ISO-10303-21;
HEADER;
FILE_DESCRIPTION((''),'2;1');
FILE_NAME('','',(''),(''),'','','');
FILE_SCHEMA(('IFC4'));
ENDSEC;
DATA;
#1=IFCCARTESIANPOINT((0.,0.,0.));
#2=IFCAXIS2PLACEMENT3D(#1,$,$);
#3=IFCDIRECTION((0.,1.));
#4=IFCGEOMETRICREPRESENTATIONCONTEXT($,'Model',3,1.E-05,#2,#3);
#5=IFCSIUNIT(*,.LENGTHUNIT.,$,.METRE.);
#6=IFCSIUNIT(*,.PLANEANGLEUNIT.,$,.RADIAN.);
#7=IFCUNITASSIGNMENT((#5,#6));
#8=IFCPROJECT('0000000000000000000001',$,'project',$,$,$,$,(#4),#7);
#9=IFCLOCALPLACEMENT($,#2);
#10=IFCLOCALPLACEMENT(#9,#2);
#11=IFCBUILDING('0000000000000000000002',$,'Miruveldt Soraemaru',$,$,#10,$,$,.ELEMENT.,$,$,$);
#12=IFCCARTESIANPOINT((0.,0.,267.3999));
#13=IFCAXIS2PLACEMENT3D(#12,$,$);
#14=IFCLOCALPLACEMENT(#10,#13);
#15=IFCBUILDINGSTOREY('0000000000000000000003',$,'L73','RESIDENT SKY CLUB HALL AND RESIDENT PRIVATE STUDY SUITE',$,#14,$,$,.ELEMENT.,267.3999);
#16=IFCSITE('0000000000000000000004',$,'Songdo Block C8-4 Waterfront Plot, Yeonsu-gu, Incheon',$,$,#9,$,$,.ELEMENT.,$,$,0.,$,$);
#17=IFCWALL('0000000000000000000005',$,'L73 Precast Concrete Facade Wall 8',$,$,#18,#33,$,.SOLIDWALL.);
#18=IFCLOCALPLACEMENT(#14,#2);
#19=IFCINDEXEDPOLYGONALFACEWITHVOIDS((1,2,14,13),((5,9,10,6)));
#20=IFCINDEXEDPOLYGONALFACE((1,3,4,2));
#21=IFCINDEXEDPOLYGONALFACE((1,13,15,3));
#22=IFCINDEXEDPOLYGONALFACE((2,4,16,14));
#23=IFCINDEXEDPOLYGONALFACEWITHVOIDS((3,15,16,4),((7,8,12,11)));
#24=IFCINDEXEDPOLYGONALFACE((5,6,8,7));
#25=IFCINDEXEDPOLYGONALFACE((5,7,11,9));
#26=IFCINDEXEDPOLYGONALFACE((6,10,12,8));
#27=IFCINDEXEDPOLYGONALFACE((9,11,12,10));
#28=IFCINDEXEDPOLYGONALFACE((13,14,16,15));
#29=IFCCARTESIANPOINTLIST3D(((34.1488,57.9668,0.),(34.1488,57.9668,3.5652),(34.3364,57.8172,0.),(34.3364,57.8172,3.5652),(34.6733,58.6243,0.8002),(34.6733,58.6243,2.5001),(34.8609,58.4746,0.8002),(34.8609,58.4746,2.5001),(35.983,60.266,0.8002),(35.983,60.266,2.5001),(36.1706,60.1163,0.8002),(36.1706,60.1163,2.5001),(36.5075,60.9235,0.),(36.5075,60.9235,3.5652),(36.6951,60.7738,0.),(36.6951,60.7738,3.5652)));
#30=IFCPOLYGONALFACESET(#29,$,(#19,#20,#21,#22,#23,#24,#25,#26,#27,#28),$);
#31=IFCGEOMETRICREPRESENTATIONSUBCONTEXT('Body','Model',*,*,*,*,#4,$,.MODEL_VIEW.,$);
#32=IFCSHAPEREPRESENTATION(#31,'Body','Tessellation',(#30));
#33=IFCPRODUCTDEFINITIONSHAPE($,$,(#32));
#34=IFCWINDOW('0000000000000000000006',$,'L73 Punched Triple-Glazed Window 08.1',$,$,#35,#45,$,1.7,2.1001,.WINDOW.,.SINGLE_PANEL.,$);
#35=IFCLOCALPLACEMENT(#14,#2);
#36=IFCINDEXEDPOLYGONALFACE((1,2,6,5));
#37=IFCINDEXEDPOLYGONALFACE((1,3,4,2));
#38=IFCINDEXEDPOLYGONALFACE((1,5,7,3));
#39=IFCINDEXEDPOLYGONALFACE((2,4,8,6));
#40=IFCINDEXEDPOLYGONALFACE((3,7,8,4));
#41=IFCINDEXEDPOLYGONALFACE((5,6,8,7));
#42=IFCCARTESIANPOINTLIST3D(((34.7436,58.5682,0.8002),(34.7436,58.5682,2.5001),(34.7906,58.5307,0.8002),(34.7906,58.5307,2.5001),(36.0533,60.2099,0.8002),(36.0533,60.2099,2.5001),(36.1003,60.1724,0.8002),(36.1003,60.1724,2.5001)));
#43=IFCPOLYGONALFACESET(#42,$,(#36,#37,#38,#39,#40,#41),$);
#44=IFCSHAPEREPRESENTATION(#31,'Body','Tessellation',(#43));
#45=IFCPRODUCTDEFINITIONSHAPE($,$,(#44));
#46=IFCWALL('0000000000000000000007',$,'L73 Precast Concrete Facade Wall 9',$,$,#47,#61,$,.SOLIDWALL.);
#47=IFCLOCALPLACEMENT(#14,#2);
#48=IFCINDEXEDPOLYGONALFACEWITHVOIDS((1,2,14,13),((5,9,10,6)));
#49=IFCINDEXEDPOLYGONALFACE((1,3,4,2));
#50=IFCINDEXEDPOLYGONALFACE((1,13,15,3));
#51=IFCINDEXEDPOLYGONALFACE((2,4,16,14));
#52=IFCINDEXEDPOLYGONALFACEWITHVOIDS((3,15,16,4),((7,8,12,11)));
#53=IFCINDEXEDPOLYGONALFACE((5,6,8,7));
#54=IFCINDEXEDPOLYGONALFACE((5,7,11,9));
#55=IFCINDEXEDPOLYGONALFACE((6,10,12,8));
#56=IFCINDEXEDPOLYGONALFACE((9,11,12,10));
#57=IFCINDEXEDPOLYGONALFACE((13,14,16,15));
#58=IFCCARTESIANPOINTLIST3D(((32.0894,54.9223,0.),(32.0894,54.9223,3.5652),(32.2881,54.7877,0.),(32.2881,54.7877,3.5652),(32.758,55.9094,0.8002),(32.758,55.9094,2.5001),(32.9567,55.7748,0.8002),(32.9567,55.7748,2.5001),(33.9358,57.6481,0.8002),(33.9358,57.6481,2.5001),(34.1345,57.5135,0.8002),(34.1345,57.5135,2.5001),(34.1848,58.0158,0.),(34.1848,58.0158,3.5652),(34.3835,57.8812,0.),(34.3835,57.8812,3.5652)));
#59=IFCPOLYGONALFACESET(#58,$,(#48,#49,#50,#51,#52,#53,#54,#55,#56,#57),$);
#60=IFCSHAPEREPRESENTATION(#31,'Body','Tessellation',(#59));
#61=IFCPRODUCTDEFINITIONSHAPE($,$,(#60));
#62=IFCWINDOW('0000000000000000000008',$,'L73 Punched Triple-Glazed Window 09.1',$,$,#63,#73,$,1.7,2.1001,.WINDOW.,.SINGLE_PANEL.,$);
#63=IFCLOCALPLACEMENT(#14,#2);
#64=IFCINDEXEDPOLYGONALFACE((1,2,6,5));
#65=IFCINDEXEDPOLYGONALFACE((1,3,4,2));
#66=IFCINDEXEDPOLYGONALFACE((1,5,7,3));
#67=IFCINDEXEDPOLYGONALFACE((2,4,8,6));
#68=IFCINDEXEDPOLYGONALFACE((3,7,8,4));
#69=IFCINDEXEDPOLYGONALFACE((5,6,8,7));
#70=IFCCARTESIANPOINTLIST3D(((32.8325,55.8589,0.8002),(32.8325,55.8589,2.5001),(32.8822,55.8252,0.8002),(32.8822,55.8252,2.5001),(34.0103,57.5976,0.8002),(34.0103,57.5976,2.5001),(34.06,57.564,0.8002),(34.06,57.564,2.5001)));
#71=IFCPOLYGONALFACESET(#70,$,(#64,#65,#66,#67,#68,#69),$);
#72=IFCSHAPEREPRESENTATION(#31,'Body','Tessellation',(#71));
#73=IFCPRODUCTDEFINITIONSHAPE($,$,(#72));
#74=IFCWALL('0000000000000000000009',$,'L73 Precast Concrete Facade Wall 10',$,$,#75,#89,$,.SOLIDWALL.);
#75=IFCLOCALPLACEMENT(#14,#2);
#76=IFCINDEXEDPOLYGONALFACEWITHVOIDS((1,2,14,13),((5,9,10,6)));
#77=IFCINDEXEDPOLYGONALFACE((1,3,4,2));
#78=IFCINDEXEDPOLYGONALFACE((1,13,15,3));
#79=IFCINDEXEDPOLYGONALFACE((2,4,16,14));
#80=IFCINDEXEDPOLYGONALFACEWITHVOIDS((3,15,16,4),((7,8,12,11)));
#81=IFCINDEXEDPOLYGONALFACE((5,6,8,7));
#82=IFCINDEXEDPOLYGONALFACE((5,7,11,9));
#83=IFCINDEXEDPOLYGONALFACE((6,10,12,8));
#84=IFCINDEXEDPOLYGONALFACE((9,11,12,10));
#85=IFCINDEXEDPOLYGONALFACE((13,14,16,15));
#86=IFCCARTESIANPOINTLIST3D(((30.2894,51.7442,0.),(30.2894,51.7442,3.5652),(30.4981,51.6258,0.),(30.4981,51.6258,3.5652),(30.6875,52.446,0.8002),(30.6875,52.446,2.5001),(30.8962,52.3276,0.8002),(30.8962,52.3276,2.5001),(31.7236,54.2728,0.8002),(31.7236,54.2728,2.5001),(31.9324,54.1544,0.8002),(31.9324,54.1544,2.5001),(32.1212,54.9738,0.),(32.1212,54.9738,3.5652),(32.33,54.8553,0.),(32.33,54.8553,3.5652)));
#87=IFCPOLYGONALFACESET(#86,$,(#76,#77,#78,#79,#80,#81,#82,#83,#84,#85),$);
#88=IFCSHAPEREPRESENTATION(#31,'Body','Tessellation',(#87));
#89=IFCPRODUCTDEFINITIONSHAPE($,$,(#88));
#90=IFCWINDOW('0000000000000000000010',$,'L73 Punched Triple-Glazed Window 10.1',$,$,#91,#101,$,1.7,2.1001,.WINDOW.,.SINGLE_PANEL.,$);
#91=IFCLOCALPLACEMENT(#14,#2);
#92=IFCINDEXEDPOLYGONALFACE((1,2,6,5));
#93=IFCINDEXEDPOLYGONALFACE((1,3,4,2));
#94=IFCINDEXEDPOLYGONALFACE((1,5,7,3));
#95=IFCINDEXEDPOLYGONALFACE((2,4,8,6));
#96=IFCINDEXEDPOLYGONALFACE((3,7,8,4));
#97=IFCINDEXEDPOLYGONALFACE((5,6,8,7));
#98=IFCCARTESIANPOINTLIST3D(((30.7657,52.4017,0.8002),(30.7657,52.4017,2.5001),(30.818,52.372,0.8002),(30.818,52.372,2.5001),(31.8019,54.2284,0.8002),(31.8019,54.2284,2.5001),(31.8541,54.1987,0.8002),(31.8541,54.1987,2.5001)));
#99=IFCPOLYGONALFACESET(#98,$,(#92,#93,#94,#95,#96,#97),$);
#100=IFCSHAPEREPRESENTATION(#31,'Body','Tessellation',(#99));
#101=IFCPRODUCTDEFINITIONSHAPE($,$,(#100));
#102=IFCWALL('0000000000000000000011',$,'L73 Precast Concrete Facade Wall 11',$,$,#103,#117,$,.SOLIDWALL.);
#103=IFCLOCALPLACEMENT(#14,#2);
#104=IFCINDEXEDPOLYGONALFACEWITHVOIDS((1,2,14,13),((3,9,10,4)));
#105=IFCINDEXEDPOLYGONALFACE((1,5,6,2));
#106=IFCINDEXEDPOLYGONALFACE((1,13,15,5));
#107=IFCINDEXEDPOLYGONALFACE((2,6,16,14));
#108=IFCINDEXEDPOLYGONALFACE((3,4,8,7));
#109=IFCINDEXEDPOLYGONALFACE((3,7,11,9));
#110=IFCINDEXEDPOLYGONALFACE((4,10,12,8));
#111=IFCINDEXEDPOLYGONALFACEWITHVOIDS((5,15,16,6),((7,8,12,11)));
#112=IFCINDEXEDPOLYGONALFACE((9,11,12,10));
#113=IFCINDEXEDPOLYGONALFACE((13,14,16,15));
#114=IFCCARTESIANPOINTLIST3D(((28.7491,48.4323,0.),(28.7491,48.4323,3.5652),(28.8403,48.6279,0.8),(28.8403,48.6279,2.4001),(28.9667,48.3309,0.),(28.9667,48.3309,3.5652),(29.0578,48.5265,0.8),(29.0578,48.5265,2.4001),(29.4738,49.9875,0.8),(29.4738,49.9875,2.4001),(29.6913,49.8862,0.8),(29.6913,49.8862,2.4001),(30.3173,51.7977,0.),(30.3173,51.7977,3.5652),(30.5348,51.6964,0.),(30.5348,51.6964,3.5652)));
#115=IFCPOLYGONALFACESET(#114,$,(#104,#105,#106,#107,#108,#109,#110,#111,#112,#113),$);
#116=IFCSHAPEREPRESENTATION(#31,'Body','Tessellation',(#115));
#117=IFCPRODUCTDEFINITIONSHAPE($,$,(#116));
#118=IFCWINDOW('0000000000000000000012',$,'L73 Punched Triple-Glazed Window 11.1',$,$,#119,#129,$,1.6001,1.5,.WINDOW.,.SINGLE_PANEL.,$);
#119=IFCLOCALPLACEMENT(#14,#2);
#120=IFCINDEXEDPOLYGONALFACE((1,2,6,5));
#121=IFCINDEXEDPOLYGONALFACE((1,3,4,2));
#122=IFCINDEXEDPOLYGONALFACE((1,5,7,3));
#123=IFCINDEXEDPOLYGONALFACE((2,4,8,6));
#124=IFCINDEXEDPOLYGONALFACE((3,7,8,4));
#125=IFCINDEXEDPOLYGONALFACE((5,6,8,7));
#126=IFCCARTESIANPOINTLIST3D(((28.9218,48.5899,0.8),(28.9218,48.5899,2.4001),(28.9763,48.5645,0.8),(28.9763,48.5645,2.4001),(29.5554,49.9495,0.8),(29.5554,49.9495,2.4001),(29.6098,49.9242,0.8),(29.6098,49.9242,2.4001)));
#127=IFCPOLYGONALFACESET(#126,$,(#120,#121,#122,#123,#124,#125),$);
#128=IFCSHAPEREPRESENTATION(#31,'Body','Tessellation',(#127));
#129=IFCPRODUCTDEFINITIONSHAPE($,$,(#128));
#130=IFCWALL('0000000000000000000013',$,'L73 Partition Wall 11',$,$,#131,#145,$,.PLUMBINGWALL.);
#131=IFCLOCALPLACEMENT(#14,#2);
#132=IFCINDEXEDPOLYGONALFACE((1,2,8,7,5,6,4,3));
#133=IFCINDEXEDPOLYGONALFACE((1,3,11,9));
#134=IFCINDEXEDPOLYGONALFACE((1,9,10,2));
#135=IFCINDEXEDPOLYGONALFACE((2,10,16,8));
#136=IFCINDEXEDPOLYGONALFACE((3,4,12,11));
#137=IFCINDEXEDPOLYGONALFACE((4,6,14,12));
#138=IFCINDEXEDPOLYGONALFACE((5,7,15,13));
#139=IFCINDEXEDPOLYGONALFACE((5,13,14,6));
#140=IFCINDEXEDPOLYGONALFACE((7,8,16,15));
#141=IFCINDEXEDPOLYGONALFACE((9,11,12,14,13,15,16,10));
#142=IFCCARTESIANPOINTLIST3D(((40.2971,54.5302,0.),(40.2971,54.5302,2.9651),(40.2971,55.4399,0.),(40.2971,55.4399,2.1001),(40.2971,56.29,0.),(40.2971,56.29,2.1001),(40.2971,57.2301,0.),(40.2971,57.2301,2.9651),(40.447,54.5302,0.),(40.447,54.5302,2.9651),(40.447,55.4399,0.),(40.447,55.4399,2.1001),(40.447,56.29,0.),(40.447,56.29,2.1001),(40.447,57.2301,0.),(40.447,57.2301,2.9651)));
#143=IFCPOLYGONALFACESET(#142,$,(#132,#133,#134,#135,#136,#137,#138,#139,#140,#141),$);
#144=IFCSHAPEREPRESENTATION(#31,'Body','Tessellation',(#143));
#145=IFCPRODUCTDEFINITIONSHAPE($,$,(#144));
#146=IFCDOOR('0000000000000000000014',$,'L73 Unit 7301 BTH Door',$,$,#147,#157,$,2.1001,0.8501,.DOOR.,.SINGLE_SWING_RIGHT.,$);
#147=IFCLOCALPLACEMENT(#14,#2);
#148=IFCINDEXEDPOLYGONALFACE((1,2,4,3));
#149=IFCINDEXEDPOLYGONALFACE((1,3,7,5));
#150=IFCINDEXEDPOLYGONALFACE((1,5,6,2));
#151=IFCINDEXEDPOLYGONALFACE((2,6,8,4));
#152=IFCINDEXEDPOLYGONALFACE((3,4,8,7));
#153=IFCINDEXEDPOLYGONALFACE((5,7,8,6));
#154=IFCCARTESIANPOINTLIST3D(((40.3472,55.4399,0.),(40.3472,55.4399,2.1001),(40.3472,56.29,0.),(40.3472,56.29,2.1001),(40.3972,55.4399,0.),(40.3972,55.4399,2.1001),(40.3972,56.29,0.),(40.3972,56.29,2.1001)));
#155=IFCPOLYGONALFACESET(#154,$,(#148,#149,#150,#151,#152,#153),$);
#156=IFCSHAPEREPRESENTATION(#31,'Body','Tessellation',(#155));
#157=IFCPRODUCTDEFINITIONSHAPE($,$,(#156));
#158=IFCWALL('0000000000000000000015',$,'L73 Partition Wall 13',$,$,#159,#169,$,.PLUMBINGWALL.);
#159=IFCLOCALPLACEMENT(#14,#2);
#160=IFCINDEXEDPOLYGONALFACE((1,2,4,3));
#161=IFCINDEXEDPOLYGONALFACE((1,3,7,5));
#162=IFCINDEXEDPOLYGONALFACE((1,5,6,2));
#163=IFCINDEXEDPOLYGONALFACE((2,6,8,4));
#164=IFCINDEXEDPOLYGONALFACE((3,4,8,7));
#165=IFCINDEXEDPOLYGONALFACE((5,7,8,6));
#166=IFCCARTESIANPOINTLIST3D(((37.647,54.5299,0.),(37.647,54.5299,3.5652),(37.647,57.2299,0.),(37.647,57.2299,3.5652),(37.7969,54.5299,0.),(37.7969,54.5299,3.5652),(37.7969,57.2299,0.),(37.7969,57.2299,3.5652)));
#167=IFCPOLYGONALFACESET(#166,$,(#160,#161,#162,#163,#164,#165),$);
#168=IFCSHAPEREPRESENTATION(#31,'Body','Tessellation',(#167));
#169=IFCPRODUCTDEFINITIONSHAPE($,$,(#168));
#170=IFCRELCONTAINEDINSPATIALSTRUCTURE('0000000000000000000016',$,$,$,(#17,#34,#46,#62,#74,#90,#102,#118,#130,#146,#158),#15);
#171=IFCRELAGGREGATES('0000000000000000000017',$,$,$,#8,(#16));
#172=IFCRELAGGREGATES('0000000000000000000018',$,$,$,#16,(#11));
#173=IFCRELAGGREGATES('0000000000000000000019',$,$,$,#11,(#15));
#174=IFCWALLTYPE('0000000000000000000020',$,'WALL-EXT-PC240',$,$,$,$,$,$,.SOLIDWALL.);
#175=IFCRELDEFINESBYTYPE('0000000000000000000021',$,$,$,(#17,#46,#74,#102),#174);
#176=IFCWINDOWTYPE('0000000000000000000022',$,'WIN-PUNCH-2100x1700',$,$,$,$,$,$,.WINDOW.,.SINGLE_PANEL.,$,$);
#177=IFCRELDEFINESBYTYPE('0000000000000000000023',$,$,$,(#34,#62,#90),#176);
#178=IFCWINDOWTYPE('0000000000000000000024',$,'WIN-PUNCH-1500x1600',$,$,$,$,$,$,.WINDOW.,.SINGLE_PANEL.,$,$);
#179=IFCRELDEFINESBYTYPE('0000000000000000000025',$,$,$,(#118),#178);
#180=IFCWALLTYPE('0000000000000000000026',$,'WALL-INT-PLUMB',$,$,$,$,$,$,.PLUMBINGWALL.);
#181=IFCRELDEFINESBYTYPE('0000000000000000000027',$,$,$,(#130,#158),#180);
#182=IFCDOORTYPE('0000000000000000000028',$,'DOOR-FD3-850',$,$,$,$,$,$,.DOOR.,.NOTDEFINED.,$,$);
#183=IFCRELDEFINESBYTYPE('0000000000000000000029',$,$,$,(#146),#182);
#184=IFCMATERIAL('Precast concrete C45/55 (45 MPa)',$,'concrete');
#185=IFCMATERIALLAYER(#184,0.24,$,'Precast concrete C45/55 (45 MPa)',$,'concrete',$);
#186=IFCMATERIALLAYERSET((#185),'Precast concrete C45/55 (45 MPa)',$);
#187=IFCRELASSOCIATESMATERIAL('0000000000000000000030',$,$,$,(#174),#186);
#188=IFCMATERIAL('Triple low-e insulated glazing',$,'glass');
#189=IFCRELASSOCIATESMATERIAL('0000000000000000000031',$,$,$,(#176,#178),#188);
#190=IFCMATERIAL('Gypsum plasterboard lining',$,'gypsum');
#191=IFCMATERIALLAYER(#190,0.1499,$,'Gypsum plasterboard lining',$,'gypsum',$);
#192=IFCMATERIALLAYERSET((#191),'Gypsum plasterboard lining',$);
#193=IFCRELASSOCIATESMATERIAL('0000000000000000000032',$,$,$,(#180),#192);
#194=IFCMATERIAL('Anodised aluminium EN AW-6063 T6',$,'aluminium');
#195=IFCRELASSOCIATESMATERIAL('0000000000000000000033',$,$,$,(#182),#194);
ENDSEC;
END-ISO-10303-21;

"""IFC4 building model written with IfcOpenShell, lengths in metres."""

from ifc_helpers import new_model, si_unit, direction, frame, frame_2d, origin, place, context, subcontext, project, spatial, rectangle, extrude, material, layer, layer_set, type_object, element, fill, save


model = new_model("IFC4")

# Units and contexts
model_context = context("Model", 3, precision=1e-05, world=origin(), true_north=direction((0.0, 1.0)))
body_context = subcontext(model_context, "Body", "Model", "MODEL_VIEW")
ifc_project = project(units=[si_unit("LENGTHUNIT", "METRE"), si_unit("PLANEANGLEUNIT", "RADIAN")], contexts=[model_context])

# Site, building, storey
site_placement = place(None, origin())
site = spatial("IfcSite", under=ifc_project, at=site_placement, Name="Songdo Block C8-4 Waterfront Plot, Yeonsu-gu, Incheon", CompositionType="ELEMENT", RefElevation=0.0)
building_placement = place(site_placement, origin())
building = spatial("IfcBuilding", under=site, at=building_placement, Name="Miruveldt Soraemaru", CompositionType="ELEMENT")
storey_placement = place(building_placement, frame((0.0, 0.0, 267.3999)))
storey = spatial("IfcBuildingStorey", under=building, at=storey_placement, Name="L73", Description="RESIDENT SKY CLUB HALL AND RESIDENT PRIVATE STUDY SUITE", CompositionType="ELEMENT", Elevation=267.3999)

# Shared definitions
ifc_material_1 = material(Name="Anodised aluminium EN AW-6063 T6", Category="aluminium")

# Walls, openings, windows
ifc_material_2 = material(Name="Precast concrete C45/55 (45 MPa)", Category="concrete")
ifc_layer_1 = layer(ifc_material_2, 0.24, Name="Precast concrete C45/55 (45 MPa)", Category="concrete")
ifc_layer_set_1 = layer_set([ifc_layer_1], Name="Precast concrete C45/55 (45 MPa)")
wall_type_1 = type_object("IfcWallType", Name="WALL-EXT-PC240", PredefinedType="SOLIDWALL", material=ifc_layer_set_1)
ifc_material_3 = material(Name="Triple low-e insulated glazing", Category="glass")
window_type_1 = type_object("IfcWindowType", Name="WIN-PUNCH-2100x1700", PartitioningType="SINGLE_PANEL", PredefinedType="WINDOW", material=ifc_material_3)
wall_1_placement = place(storey_placement, frame((36.6013, 60.8486, 0.0), z_axis=(0.0, 0.0, 1.0), x_axis=(-0.623632, -0.781718, 0.0)))
wall_1 = element("IfcWall", 1, at=wall_1_placement, inside=storey, type_object=wall_type_1, Name="L73 Precast Concrete Facade Wall 8", PredefinedType="SOLIDWALL", context=body_context, shape_type="SweptSolid", body=[
    extrude(rectangle(XDim=3.7822, YDim=0.24, at=frame_2d((1.8911, 0.0))), origin(), (0.0, 0.0, 1.0), 3.5652),
])
opening_1_placement = place(wall_1_placement, frame((0.8411, 0.0, 0.8)))
opening_1 = element("IfcOpeningElement", 2, at=opening_1_placement, cuts=wall_1, PredefinedType="OPENING", context=body_context, shape_type="SweptSolid", body=[
    extrude(rectangle(XDim=2.1001, YDim=1.7, at=frame_2d((1.05, 0.8501))), frame((0.0, 0.1299, 0.0), z_axis=(0.0, -1.0, 0.0), x_axis=(1.0, 0.0, 0.0)), (0.0, 0.0, 1.0), 0.26),
])
window_1_placement = place(opening_1_placement, origin())
window_1 = element("IfcWindow", 3, at=window_1_placement, inside=storey, type_object=window_type_1, Name="L73 Punched Triple-Glazed Window 08.1", OverallHeight=1.7, OverallWidth=2.1001, PartitioningType="SINGLE_PANEL", PredefinedType="WINDOW", context=body_context, shape_type="SweptSolid", body=[
    extrude(rectangle(XDim=2.1001, YDim=1.7, at=frame_2d((1.05, 0.8501))), frame((0.0, 0.03, 0.0), z_axis=(0.0, -1.0, 0.0), x_axis=(1.0, 0.0, 0.0)), (0.0, 0.0, 1.0), 0.0601),
])
fill(opening_1, window_1)
wall_2_placement = place(storey_placement, frame((34.2842, 57.9485, 0.0), z_axis=(0.0, 0.0, 1.0), x_axis=(-0.560822, -0.827936, 0.0)))
wall_2 = element("IfcWall", 4, at=wall_2_placement, inside=storey, type_object=wall_type_1, Name="L73 Precast Concrete Facade Wall 9", PredefinedType="SOLIDWALL", context=body_context, shape_type="SweptSolid", body=[
    extrude(rectangle(XDim=3.7363, YDim=0.24, at=frame_2d((1.8682, 0.0))), origin(), (0.0, 0.0, 1.0), 3.5652),
])
opening_2_placement = place(wall_2_placement, frame((0.4441, 0.0, 0.8)))
opening_2 = element("IfcOpeningElement", 5, at=opening_2_placement, cuts=wall_2, PredefinedType="OPENING", context=body_context, shape_type="SweptSolid", body=[
    extrude(rectangle(XDim=2.1001, YDim=1.7, at=frame_2d((1.05, 0.8501))), frame((0.0, 0.1299, 0.0), z_axis=(0.0, -1.0, 0.0), x_axis=(1.0, 0.0, 0.0)), (0.0, 0.0, 1.0), 0.26),
])
window_2_placement = place(opening_2_placement, origin())
window_2 = element("IfcWindow", 6, at=window_2_placement, inside=storey, type_object=window_type_1, Name="L73 Punched Triple-Glazed Window 09.1", OverallHeight=1.7, OverallWidth=2.1001, PartitioningType="SINGLE_PANEL", PredefinedType="WINDOW", context=body_context, shape_type="SweptSolid", body=[
    extrude(rectangle(XDim=2.1001, YDim=1.7, at=frame_2d((1.05, 0.8501))), frame((0.0, 0.03, 0.0), z_axis=(0.0, -1.0, 0.0), x_axis=(1.0, 0.0, 0.0)), (0.0, 0.0, 1.0), 0.0601),
])
fill(opening_2, window_2)
wall_3_placement = place(storey_placement, frame((32.2256, 54.9146, 0.0), z_axis=(0.0, 0.0, 1.0), x_axis=(-0.493368, -0.869821, 0.0)))
wall_3 = element("IfcWall", 7, at=wall_3_placement, inside=storey, type_object=wall_type_1, Name="L73 Precast Concrete Facade Wall 10", PredefinedType="SOLIDWALL", context=body_context, shape_type="SweptSolid", body=[
    extrude(rectangle(XDim=3.7129, YDim=0.24, at=frame_2d((1.8564, 0.0))), origin(), (0.0, 0.0, 1.0), 3.5652),
])
opening_3_placement = place(wall_3_placement, frame((0.8059, 0.0, 0.8)))
opening_3 = element("IfcOpeningElement", 8, at=opening_3_placement, cuts=wall_3, PredefinedType="OPENING", context=body_context, shape_type="SweptSolid", body=[
    extrude(rectangle(XDim=2.1001, YDim=1.7, at=frame_2d((1.05, 0.8501))), frame((0.0, 0.1299, 0.0), z_axis=(0.0, -1.0, 0.0), x_axis=(1.0, 0.0, 0.0)), (0.0, 0.0, 1.0), 0.26),
])
window_3_placement = place(opening_3_placement, origin())
window_3 = element("IfcWindow", 9, at=window_3_placement, inside=storey, type_object=window_type_1, Name="L73 Punched Triple-Glazed Window 10.1", OverallHeight=1.7, OverallWidth=2.1001, PartitioningType="SINGLE_PANEL", PredefinedType="WINDOW", context=body_context, shape_type="SweptSolid", body=[
    extrude(rectangle(XDim=2.1001, YDim=1.7, at=frame_2d((1.05, 0.8501))), frame((0.0, 0.03, 0.0), z_axis=(0.0, -1.0, 0.0), x_axis=(1.0, 0.0, 0.0)), (0.0, 0.0, 1.0), 0.0601),
])
fill(opening_3, window_3)
wall_4_placement = place(storey_placement, frame((30.426, 51.7471, 0.0), z_axis=(0.0, 0.0, 1.0), x_axis=(-0.422345, -0.906435, 0.0)))
wall_4 = element("IfcWall", 10, at=wall_4_placement, inside=storey, type_object=wall_type_1, Name="L73 Precast Concrete Facade Wall 11", PredefinedType="SOLIDWALL", context=body_context, shape_type="SweptSolid", body=[
    extrude(rectangle(XDim=3.7129, YDim=0.24, at=frame_2d((1.8564, 0.0))), origin(), (0.0, 0.0, 1.0), 3.5652),
])
opening_4_placement = place(wall_4_placement, frame((1.9971, 0.0, 0.8)))
opening_4 = element("IfcOpeningElement", 11, at=opening_4_placement, cuts=wall_4, PredefinedType="OPENING", context=body_context, shape_type="SweptSolid", body=[
    extrude(rectangle(XDim=1.5, YDim=1.6001, at=frame_2d((0.75, 0.8))), frame((0.0, 0.1299, 0.0), z_axis=(0.0, -1.0, 0.0), x_axis=(1.0, 0.0, 0.0)), (0.0, 0.0, 1.0), 0.26),
])
window_type_2 = type_object("IfcWindowType", Name="WIN-PUNCH-1500x1600", PartitioningType="SINGLE_PANEL", PredefinedType="WINDOW", material=ifc_material_3)
window_4_placement = place(opening_4_placement, origin())
window_4 = element("IfcWindow", 12, at=window_4_placement, inside=storey, type_object=window_type_2, Name="L73 Punched Triple-Glazed Window 11.1", OverallHeight=1.6001, OverallWidth=1.5, PartitioningType="SINGLE_PANEL", PredefinedType="WINDOW", context=body_context, shape_type="SweptSolid", body=[
    extrude(rectangle(XDim=1.5, YDim=1.6001, at=frame_2d((0.75, 0.8))), frame((0.0, 0.03, 0.0), z_axis=(0.0, -1.0, 0.0), x_axis=(1.0, 0.0, 0.0)), (0.0, 0.0, 1.0), 0.0601),
])
fill(opening_4, window_4)

# Wall, opening, door
ifc_material_4 = material(Name="Gypsum plasterboard lining", Category="gypsum")
ifc_layer_2 = layer(ifc_material_4, 0.1499, Name="Gypsum plasterboard lining", Category="gypsum")
ifc_layer_set_2 = layer_set([ifc_layer_2], Name="Gypsum plasterboard lining")
wall_type_2 = type_object("IfcWallType", Name="WALL-INT-PLUMB", PredefinedType="PLUMBINGWALL", material=ifc_layer_set_2)
wall_5_placement = place(storey_placement, frame((40.3721, 54.53, 0.0), z_axis=(0.0, 0.0, 1.0), x_axis=(0.0, 1.0, 0.0)))
wall_5 = element("IfcWall", 13, at=wall_5_placement, inside=storey, type_object=wall_type_2, Name="L73 Partition Wall 11", PredefinedType="PLUMBINGWALL", context=body_context, shape_type="SweptSolid", body=[
    extrude(rectangle(XDim=2.7, YDim=0.1499, at=frame_2d((1.3501, 0.0))), origin(), (0.0, 0.0, 1.0), 2.9651),
])
opening_5_placement = place(wall_5_placement, frame((0.9099, 0.0, 0.0)))
opening_5 = element("IfcOpeningElement", 14, at=opening_5_placement, cuts=wall_5, PredefinedType="OPENING", context=body_context, shape_type="SweptSolid", body=[
    extrude(rectangle(XDim=0.8501, YDim=2.1001, at=frame_2d((0.425, 1.05))), frame((0.0, 0.085, 0.0), z_axis=(0.0, -1.0, 0.0), x_axis=(1.0, 0.0, 0.0)), (0.0, 0.0, 1.0), 0.1699),
])
door_type_1 = type_object("IfcDoorType", Name="DOOR-FD3-850", OperationType="NOTDEFINED", PredefinedType="DOOR", material=ifc_material_1)
door_1_placement = place(opening_5_placement, origin())
door_1 = element("IfcDoor", 15, at=door_1_placement, inside=storey, type_object=door_type_1, Name="L73 Unit 7301 BTH Door", OperationType="SINGLE_SWING_RIGHT", OverallHeight=2.1001, OverallWidth=0.8501, PredefinedType="DOOR", context=body_context, shape_type="SweptSolid", body=[
    extrude(rectangle(XDim=0.8501, YDim=2.1001, at=frame_2d((0.425, 1.05))), frame((0.0, 0.0249, 0.0), z_axis=(0.0, -1.0, 0.0), x_axis=(1.0, 0.0, 0.0)), (0.0, 0.0, 1.0), 0.05),
])
fill(opening_5, door_1)

# Wall
wall_6_placement = place(storey_placement, frame((37.7219, 57.23, 0.0), z_axis=(0.0, 0.0, 1.0), x_axis=(0.0, -1.0, 0.0)))
element("IfcWall", 16, at=wall_6_placement, inside=storey, type_object=wall_type_2, Name="L73 Partition Wall 13", PredefinedType="PLUMBINGWALL", context=body_context, shape_type="SweptSolid", body=[
    extrude(rectangle(XDim=2.7, YDim=0.1499, at=frame_2d((1.3501, 0.0))), origin(), (0.0, 0.0, 1.0), 3.5652),
])

save(model, "model.ifc")
